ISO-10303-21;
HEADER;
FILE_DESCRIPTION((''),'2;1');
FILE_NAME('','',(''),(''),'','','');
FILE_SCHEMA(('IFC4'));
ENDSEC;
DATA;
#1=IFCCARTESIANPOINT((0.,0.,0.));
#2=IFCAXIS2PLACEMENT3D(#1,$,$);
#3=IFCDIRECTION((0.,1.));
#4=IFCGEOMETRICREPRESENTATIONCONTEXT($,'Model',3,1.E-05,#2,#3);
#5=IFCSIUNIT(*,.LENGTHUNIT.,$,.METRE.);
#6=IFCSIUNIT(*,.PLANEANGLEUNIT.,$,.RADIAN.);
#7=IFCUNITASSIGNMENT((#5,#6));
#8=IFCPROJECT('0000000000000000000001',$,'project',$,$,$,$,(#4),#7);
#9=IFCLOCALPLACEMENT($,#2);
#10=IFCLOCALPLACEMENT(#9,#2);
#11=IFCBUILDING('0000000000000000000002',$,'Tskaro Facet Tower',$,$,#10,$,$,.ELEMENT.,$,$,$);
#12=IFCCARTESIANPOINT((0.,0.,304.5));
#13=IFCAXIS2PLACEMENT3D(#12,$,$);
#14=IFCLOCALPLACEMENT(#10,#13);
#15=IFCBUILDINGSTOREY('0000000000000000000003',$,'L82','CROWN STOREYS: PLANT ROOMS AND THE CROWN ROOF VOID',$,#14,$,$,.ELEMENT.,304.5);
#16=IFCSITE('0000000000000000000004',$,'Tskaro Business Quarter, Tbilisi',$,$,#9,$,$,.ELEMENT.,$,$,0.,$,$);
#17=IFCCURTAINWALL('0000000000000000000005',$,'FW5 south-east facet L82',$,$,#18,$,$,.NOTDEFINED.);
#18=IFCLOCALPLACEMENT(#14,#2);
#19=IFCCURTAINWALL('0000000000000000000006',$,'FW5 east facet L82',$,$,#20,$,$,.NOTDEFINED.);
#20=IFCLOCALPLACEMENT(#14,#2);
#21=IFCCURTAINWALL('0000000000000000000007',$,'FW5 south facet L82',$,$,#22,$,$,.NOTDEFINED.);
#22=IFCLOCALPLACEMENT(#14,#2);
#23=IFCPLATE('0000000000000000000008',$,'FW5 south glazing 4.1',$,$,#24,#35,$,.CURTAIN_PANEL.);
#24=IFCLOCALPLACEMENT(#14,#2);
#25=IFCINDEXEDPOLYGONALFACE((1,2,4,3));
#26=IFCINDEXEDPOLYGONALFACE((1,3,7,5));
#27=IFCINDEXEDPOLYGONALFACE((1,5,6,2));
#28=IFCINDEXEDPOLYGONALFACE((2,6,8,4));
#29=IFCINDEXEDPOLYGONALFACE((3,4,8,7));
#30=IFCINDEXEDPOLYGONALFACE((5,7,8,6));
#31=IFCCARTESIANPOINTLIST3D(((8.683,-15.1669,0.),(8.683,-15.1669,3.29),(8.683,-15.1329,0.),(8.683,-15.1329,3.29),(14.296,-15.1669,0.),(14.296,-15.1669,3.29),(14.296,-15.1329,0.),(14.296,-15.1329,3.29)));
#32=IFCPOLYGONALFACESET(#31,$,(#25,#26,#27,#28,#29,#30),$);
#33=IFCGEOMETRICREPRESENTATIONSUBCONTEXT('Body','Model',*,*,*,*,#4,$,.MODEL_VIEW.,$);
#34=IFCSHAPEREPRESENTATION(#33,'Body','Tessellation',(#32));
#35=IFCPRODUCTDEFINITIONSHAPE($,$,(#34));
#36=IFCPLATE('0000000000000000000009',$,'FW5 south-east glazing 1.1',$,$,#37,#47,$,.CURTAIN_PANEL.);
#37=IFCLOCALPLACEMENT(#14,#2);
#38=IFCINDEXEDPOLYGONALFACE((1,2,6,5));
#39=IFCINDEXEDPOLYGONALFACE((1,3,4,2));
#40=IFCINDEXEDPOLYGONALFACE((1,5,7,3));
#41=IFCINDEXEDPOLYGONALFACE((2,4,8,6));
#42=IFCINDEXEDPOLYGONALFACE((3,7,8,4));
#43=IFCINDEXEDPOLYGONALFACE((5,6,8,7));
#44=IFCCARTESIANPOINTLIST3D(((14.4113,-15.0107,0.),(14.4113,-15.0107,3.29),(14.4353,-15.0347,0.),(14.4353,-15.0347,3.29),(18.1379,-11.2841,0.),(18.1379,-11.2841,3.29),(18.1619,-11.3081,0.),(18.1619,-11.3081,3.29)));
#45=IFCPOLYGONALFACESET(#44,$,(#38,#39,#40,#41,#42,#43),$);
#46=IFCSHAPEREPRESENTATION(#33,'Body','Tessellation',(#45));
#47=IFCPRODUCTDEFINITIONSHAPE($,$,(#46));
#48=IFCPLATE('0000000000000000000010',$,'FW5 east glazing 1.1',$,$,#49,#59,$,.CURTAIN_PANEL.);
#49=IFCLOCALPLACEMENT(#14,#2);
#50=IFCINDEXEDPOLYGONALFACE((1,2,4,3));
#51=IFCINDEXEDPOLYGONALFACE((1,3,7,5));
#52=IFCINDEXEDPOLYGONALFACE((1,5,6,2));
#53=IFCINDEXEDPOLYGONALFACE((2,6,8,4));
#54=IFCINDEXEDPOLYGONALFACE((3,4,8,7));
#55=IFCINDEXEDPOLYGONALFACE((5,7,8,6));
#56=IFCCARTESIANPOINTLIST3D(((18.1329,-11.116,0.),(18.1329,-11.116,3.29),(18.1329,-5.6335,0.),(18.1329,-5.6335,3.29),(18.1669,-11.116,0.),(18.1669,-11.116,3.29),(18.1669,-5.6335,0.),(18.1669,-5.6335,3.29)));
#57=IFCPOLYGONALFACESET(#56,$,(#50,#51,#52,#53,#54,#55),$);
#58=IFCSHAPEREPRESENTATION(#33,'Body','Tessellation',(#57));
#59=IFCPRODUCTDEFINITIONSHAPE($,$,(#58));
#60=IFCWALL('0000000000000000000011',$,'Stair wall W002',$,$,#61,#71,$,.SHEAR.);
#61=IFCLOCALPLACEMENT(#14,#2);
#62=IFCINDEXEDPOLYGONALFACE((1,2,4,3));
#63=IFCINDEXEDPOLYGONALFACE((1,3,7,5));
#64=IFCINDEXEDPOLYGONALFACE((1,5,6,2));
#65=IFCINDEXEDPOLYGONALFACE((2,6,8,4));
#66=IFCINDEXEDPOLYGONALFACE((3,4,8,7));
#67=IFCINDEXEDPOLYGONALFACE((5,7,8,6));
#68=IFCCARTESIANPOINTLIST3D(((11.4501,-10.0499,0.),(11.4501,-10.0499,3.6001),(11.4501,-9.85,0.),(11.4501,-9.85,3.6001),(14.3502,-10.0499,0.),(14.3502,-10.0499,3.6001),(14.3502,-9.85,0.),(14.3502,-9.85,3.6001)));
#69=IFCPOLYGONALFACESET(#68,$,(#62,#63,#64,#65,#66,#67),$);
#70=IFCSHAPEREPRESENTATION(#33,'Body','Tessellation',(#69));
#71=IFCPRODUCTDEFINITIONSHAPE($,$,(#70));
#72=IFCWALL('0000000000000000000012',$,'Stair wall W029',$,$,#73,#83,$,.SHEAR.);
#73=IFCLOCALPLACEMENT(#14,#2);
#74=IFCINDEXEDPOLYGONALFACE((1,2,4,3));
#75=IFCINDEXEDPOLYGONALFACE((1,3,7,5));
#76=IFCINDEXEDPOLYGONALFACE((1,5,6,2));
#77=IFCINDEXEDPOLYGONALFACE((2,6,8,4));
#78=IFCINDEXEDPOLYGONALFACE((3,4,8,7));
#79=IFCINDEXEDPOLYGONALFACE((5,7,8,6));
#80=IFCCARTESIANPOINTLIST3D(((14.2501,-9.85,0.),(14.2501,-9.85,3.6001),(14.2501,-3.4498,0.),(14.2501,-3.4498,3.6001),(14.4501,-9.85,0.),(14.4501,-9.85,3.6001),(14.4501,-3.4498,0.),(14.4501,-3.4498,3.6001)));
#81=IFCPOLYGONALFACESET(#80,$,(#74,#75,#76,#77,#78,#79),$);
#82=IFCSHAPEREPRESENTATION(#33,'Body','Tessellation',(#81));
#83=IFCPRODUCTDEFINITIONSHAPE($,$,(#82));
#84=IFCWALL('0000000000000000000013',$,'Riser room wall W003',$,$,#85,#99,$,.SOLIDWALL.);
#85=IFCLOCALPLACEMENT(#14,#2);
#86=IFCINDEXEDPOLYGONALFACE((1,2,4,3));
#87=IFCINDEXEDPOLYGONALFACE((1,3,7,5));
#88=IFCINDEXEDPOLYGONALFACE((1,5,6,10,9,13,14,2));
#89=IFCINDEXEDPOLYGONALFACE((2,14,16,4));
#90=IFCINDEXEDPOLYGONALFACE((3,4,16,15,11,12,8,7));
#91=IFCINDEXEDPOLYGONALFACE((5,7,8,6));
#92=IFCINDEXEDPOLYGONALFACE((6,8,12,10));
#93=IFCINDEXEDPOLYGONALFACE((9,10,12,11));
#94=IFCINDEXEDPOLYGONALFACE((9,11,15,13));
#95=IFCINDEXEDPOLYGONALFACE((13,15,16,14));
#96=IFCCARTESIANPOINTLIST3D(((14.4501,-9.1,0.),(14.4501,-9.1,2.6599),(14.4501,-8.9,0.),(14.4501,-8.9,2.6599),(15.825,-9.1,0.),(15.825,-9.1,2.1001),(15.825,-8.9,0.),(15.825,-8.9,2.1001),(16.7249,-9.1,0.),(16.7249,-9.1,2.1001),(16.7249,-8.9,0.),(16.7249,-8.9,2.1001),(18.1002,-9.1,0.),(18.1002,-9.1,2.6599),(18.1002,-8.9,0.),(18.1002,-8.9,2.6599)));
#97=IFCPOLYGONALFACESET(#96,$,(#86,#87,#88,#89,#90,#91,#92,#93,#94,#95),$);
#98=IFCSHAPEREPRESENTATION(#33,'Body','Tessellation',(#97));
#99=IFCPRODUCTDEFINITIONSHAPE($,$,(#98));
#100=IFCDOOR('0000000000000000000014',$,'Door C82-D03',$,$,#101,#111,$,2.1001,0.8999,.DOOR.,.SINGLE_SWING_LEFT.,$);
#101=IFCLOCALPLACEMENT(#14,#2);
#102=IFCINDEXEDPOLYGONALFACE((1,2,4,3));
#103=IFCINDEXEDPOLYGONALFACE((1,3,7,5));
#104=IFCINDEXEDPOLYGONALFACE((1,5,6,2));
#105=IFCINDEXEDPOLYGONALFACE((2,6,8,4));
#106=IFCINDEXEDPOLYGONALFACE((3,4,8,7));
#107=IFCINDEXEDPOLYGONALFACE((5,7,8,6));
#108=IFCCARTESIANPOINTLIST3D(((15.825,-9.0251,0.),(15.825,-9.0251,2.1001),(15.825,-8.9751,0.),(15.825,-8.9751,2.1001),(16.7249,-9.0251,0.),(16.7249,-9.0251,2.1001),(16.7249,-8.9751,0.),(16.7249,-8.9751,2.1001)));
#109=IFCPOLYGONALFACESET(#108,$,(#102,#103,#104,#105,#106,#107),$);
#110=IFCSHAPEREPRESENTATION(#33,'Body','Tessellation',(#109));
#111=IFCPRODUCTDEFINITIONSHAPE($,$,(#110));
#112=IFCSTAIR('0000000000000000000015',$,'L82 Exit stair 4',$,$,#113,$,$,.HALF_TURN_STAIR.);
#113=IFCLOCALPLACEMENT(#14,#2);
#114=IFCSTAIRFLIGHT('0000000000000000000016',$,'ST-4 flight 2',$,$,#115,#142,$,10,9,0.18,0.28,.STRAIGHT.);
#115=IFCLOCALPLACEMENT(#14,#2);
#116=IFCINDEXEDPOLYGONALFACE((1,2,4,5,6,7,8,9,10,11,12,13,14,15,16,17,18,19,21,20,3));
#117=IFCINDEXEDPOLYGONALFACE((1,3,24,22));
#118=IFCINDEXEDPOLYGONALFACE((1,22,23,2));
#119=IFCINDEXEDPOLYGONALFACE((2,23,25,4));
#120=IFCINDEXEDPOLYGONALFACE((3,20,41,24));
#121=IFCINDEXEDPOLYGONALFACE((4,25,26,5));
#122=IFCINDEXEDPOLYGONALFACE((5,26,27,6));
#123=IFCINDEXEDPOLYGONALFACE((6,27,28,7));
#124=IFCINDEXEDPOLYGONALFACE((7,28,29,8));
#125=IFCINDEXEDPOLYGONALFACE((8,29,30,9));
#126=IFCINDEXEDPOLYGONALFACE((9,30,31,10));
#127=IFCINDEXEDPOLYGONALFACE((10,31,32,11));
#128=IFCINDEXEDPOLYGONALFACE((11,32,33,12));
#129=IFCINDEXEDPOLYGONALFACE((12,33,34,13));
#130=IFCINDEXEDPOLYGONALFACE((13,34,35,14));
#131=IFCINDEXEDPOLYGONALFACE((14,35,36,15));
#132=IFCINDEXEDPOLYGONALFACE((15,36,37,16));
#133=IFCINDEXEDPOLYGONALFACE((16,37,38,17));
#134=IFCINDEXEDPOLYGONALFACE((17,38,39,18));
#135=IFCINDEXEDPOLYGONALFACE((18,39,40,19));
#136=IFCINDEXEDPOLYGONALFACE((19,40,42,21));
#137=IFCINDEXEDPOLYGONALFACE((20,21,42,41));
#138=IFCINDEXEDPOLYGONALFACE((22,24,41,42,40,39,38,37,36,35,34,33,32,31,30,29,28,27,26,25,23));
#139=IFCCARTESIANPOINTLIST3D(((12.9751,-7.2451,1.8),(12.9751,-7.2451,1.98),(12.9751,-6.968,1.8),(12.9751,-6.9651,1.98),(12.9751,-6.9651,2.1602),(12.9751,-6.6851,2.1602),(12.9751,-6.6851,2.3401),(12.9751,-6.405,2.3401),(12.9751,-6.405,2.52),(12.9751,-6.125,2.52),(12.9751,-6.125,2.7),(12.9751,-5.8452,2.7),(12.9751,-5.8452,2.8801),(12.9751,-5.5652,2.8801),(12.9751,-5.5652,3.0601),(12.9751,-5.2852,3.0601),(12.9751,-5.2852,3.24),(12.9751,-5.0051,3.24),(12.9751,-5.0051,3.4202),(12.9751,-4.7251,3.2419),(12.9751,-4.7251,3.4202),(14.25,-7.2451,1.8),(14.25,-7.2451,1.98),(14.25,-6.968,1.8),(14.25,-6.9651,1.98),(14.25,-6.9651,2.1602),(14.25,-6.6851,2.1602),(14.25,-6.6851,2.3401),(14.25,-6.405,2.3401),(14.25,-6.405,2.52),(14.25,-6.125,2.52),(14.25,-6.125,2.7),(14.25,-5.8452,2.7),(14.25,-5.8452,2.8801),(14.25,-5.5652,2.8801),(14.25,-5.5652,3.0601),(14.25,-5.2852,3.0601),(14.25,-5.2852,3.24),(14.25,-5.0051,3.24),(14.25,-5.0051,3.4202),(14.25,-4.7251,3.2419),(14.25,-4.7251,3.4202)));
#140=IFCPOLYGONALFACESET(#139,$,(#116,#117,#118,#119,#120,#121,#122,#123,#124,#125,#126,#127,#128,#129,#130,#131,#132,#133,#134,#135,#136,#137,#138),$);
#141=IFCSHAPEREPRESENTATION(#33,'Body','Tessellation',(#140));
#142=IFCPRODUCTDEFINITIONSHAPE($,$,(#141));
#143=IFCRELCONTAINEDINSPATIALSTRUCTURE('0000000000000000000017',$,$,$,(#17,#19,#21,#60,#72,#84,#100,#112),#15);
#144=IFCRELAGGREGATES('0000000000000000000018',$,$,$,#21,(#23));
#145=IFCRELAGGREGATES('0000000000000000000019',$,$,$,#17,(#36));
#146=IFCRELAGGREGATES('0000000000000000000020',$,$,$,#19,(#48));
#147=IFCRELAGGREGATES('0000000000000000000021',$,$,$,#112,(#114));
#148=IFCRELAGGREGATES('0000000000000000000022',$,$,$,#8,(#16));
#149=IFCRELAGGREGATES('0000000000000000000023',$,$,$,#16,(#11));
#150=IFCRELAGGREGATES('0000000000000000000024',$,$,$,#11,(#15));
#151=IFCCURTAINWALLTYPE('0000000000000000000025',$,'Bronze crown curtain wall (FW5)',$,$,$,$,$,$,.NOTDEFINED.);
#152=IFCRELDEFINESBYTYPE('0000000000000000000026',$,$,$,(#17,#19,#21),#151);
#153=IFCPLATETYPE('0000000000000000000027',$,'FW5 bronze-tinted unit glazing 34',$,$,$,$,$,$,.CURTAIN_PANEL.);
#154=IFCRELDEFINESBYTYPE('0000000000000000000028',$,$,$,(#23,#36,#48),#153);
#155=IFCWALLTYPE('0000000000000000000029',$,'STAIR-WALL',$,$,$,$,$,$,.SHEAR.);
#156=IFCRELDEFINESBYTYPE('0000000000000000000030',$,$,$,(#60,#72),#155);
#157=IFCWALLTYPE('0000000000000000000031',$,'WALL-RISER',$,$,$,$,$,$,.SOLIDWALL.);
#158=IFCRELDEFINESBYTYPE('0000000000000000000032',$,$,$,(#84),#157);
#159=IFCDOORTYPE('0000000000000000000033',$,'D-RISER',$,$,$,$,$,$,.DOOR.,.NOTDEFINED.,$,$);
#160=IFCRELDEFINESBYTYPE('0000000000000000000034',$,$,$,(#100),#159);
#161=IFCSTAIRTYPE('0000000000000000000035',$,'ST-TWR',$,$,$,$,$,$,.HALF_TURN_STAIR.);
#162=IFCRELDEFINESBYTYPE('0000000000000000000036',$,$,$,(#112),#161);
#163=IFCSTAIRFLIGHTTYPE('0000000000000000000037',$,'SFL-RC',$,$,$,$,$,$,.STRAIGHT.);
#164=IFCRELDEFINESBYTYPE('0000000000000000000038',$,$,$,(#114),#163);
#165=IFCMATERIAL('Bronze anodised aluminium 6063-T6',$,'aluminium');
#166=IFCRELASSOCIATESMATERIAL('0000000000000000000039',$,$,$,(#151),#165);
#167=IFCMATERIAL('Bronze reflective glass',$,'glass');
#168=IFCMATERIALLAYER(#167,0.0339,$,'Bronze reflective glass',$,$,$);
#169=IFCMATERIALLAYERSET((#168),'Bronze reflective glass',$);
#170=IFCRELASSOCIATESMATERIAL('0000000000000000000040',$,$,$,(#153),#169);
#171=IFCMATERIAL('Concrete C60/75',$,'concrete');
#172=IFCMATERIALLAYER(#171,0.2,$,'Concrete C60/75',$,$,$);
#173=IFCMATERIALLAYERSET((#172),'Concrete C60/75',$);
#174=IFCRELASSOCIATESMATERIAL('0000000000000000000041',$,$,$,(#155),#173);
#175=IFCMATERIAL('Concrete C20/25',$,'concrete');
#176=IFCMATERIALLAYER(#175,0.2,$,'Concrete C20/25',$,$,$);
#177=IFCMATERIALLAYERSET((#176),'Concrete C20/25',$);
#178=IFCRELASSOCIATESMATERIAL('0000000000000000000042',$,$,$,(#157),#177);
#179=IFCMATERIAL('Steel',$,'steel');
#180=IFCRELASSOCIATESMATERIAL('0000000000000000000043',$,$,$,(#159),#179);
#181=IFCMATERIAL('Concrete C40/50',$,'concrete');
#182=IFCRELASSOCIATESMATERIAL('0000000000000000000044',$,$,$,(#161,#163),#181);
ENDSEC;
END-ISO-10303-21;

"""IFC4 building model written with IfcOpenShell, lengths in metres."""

from ifc_helpers import new_model, si_unit, direction, frame, frame_2d, origin, origin_2d, place, context, subcontext, project, spatial, polyline, rectangle, outline, extrude, material, layer, layer_set, type_object, element, fill, aggregate, save


model = new_model("IFC4")

# Units and contexts
model_context = context("Model", 3, precision=1e-05, world=origin(), true_north=direction((0.0, 1.0)))
body_context = subcontext(model_context, "Body", "Model", "MODEL_VIEW")
ifc_project = project(units=[si_unit("LENGTHUNIT", "METRE"), si_unit("PLANEANGLEUNIT", "RADIAN")], contexts=[model_context])

# Site, building, storey
site_placement = place(None, origin())
site = spatial("IfcSite", under=ifc_project, at=site_placement, Name="Tskaro Business Quarter, Tbilisi", CompositionType="ELEMENT", RefElevation=0.0)
building_placement = place(site_placement, origin())
building = spatial("IfcBuilding", under=site, at=building_placement, Name="Tskaro Facet Tower", CompositionType="ELEMENT")
storey_placement = place(building_placement, frame((0.0, 0.0, 304.5)))
storey = spatial("IfcBuildingStorey", under=building, at=storey_placement, Name="L82", Description="CROWN STOREYS: PLANT ROOMS AND THE CROWN ROOF VOID", CompositionType="ELEMENT", Elevation=304.5)

# Curtain walls
ifc_material_1 = material(Name="Bronze anodised aluminium 6063-T6", Category="aluminium")
curtain_wall_type = type_object("IfcCurtainWallType", Name="Bronze crown curtain wall (FW5)", PredefinedType="NOTDEFINED", material=ifc_material_1)
curtain_wall_1_placement = place(storey_placement, origin())
curtain_wall_1 = element("IfcCurtainWall", 1, at=curtain_wall_1_placement, inside=storey, type_object=curtain_wall_type, Name="FW5 south-east facet L82", PredefinedType="NOTDEFINED")
curtain_wall_2_placement = place(storey_placement, origin())
curtain_wall_2 = element("IfcCurtainWall", 2, at=curtain_wall_2_placement, inside=storey, type_object=curtain_wall_type, Name="FW5 east facet L82", PredefinedType="NOTDEFINED")

# Curtain wall, plate
curtain_wall_3_placement = place(storey_placement, origin())
curtain_wall_3 = element("IfcCurtainWall", 3, at=curtain_wall_3_placement, inside=storey, type_object=curtain_wall_type, Name="FW5 south facet L82", PredefinedType="NOTDEFINED")
ifc_material_2 = material(Name="Bronze reflective glass", Category="glass")
ifc_layer_1 = layer(ifc_material_2, 0.0339, Name="Bronze reflective glass")
ifc_layer_set_1 = layer_set([ifc_layer_1], Name="Bronze reflective glass")
plate_type = type_object("IfcPlateType", Name="FW5 bronze-tinted unit glazing 34", PredefinedType="CURTAIN_PANEL", material=ifc_layer_set_1)
plate_1_placement = place(storey_placement, frame((11.4895, -15.1499, 0.0), z_axis=(0.0, 0.0, 1.0), x_axis=(1.0, 0.0, 0.0)))
plate_1 = element("IfcPlate", 4, at=plate_1_placement, type_object=plate_type, Name="FW5 south glazing 4.1", PredefinedType="CURTAIN_PANEL", context=body_context, shape_type="SweptSolid", body=[
    extrude(rectangle(XDim=5.613, YDim=0.0339, at=origin_2d()), origin(), (0.0, 0.0, 1.0), 3.29),
])
aggregate(curtain_wall_3, [plate_1])

# Plates
plate_2_placement = place(storey_placement, frame((16.2866, -13.1594, 0.0), z_axis=(0.0, 0.0, 1.0), x_axis=(0.707107, 0.707107, 0.0)))
plate_2 = element("IfcPlate", 5, at=plate_2_placement, type_object=plate_type, Name="FW5 south-east glazing 1.1", PredefinedType="CURTAIN_PANEL", context=body_context, shape_type="SweptSolid", body=[
    extrude(rectangle(XDim=5.2703, YDim=0.0339, at=origin_2d()), origin(), (0.0, 0.0, 1.0), 3.29),
])
aggregate(curtain_wall_1, [plate_2])
plate_3_placement = place(storey_placement, frame((18.1499, -8.3748, 0.0), z_axis=(0.0, 0.0, 1.0), x_axis=(0.0, 1.0, 0.0)))
plate_3 = element("IfcPlate", 6, at=plate_3_placement, type_object=plate_type, Name="FW5 east glazing 1.1", PredefinedType="CURTAIN_PANEL", context=body_context, shape_type="SweptSolid", body=[
    extrude(rectangle(XDim=5.4824, YDim=0.0339, at=origin_2d()), origin(), (0.0, 0.0, 1.0), 3.29),
])
aggregate(curtain_wall_2, [plate_3])

# Walls
ifc_material_3 = material(Name="Concrete C60/75", Category="concrete")
ifc_layer_2 = layer(ifc_material_3, 0.2, Name="Concrete C60/75")
ifc_layer_set_2 = layer_set([ifc_layer_2], Name="Concrete C60/75")
wall_type_1 = type_object("IfcWallType", Name="STAIR-WALL", PredefinedType="SHEAR", material=ifc_layer_set_2)
wall_1_placement = place(storey_placement, frame((11.45, -9.95, 0.0), z_axis=(0.0, 0.0, 1.0), x_axis=(1.0, 0.0, 0.0)))
element("IfcWall", 7, at=wall_1_placement, inside=storey, type_object=wall_type_1, Name="Stair wall W002", PredefinedType="SHEAR", context=body_context, shape_type="SweptSolid", body=[
    extrude(rectangle(XDim=2.9001, YDim=0.2, at=frame_2d((1.4502, 0.0))), origin(), (0.0, 0.0, 1.0), 3.6001),
])
wall_2_placement = place(storey_placement, frame((14.3501, -9.8501, 0.0), z_axis=(0.0, 0.0, 1.0), x_axis=(0.0, 1.0, 0.0)))
element("IfcWall", 8, at=wall_2_placement, inside=storey, type_object=wall_type_1, Name="Stair wall W029", PredefinedType="SHEAR", context=body_context, shape_type="SweptSolid", body=[
    extrude(rectangle(XDim=6.4001, YDim=0.2, at=frame_2d((3.2002, 0.0))), origin(), (0.0, 0.0, 1.0), 3.6001),
])

# Wall, opening, door
ifc_material_4 = material(Name="Concrete C20/25", Category="concrete")
ifc_layer_3 = layer(ifc_material_4, 0.2, Name="Concrete C20/25")
ifc_layer_set_3 = layer_set([ifc_layer_3], Name="Concrete C20/25")
wall_type_2 = type_object("IfcWallType", Name="WALL-RISER", PredefinedType="SOLIDWALL", material=ifc_layer_set_3)
wall_3_placement = place(storey_placement, frame((14.45, -9.0, 0.0), z_axis=(0.0, 0.0, 1.0), x_axis=(1.0, 0.0, 0.0)))
wall_3 = element("IfcWall", 9, at=wall_3_placement, inside=storey, type_object=wall_type_2, Name="Riser room wall W003", PredefinedType="SOLIDWALL", context=body_context, shape_type="SweptSolid", body=[
    extrude(rectangle(XDim=3.6501, YDim=0.2, at=frame_2d((1.8252, 0.0))), origin(), (0.0, 0.0, 1.0), 2.6599),
])
opening_placement = place(wall_3_placement, frame((1.375, 0.0, 0.0)))
opening = element("IfcOpeningElement", 10, at=opening_placement, cuts=wall_3, PredefinedType="OPENING", context=body_context, shape_type="SweptSolid", body=[
    extrude(rectangle(XDim=0.8999, YDim=2.1001, at=frame_2d((0.45, 1.05))), frame((0.0, 0.1099, 0.0), z_axis=(0.0, -1.0, 0.0), x_axis=(1.0, 0.0, 0.0)), (0.0, 0.0, 1.0), 0.22),
])
ifc_material_5 = material(Name="Steel", Category="steel")
door_type = type_object("IfcDoorType", Name="D-RISER", OperationType="NOTDEFINED", PredefinedType="DOOR", material=ifc_material_5)
door_placement = place(opening_placement, origin())
door = element("IfcDoor", 11, at=door_placement, inside=storey, type_object=door_type, Name="Door C82-D03", OperationType="SINGLE_SWING_LEFT", OverallHeight=2.1001, OverallWidth=0.8999, PredefinedType="DOOR", context=body_context, shape_type="SweptSolid", body=[
    extrude(rectangle(XDim=0.8999, YDim=2.1001, at=frame_2d((0.45, 1.05))), frame((0.0, 0.0249, 0.0), z_axis=(0.0, -1.0, 0.0), x_axis=(1.0, 0.0, 0.0)), (0.0, 0.0, 1.0), 0.05),
])
fill(opening, door)

# Stair, stair flight
ifc_material_6 = material(Name="Concrete C40/50", Category="concrete")
stair_type = type_object("IfcStairType", Name="ST-TWR", PredefinedType="HALF_TURN_STAIR", material=ifc_material_6)
stair_placement = place(storey_placement, origin())
stair = element("IfcStair", 12, at=stair_placement, inside=storey, type_object=stair_type, Name="L82 Exit stair 4", PredefinedType="HALF_TURN_STAIR")
stair_flight_type = type_object("IfcStairFlightType", Name="SFL-RC", PredefinedType="STRAIGHT", material=ifc_material_6)
stair_flight_placement = place(storey_placement, frame((13.6125, -7.2451, 1.8), z_axis=(0.0, 0.0, 1.0), x_axis=(0.0, 1.0, 0.0)))
stair_flight = element("IfcStairFlight", 13, at=stair_flight_placement, type_object=stair_flight_type, Name="ST-4 flight 2", NumberOfRisers=10, NumberOfTreads=9, PredefinedType="STRAIGHT", RiserHeight=0.18, TreadLength=0.28, context=body_context, shape_type="SweptSolid", body=[
    extrude(outline(polyline([(0.0, 0.0), (0.0, 0.1799), (0.28, 0.1799), (0.28, 0.3601), (0.5601, 0.3601), (0.5601, 0.54), (0.8401, 0.54), (0.8401, 0.72), (1.1201, 0.72), (1.1201, 0.8999), (1.3999, 0.8999), (1.3999, 1.0801), (1.6799, 1.0801), (1.6799, 1.26), (1.96, 1.26), (1.96, 1.4399), (2.24, 1.4399), (2.24, 1.6201), (2.52, 1.6201), (2.52, 1.8), (2.52, 1.4419), (0.2771, 0.0), (0.0, 0.0)])), frame((0.0, 0.6375, 0.0), z_axis=(0.0, -1.0, 0.0), x_axis=(1.0, 0.0, 0.0)), (0.0, 0.0, 1.0), 1.2749),
])
aggregate(stair, [stair_flight])

save(model, "model.ifc")
